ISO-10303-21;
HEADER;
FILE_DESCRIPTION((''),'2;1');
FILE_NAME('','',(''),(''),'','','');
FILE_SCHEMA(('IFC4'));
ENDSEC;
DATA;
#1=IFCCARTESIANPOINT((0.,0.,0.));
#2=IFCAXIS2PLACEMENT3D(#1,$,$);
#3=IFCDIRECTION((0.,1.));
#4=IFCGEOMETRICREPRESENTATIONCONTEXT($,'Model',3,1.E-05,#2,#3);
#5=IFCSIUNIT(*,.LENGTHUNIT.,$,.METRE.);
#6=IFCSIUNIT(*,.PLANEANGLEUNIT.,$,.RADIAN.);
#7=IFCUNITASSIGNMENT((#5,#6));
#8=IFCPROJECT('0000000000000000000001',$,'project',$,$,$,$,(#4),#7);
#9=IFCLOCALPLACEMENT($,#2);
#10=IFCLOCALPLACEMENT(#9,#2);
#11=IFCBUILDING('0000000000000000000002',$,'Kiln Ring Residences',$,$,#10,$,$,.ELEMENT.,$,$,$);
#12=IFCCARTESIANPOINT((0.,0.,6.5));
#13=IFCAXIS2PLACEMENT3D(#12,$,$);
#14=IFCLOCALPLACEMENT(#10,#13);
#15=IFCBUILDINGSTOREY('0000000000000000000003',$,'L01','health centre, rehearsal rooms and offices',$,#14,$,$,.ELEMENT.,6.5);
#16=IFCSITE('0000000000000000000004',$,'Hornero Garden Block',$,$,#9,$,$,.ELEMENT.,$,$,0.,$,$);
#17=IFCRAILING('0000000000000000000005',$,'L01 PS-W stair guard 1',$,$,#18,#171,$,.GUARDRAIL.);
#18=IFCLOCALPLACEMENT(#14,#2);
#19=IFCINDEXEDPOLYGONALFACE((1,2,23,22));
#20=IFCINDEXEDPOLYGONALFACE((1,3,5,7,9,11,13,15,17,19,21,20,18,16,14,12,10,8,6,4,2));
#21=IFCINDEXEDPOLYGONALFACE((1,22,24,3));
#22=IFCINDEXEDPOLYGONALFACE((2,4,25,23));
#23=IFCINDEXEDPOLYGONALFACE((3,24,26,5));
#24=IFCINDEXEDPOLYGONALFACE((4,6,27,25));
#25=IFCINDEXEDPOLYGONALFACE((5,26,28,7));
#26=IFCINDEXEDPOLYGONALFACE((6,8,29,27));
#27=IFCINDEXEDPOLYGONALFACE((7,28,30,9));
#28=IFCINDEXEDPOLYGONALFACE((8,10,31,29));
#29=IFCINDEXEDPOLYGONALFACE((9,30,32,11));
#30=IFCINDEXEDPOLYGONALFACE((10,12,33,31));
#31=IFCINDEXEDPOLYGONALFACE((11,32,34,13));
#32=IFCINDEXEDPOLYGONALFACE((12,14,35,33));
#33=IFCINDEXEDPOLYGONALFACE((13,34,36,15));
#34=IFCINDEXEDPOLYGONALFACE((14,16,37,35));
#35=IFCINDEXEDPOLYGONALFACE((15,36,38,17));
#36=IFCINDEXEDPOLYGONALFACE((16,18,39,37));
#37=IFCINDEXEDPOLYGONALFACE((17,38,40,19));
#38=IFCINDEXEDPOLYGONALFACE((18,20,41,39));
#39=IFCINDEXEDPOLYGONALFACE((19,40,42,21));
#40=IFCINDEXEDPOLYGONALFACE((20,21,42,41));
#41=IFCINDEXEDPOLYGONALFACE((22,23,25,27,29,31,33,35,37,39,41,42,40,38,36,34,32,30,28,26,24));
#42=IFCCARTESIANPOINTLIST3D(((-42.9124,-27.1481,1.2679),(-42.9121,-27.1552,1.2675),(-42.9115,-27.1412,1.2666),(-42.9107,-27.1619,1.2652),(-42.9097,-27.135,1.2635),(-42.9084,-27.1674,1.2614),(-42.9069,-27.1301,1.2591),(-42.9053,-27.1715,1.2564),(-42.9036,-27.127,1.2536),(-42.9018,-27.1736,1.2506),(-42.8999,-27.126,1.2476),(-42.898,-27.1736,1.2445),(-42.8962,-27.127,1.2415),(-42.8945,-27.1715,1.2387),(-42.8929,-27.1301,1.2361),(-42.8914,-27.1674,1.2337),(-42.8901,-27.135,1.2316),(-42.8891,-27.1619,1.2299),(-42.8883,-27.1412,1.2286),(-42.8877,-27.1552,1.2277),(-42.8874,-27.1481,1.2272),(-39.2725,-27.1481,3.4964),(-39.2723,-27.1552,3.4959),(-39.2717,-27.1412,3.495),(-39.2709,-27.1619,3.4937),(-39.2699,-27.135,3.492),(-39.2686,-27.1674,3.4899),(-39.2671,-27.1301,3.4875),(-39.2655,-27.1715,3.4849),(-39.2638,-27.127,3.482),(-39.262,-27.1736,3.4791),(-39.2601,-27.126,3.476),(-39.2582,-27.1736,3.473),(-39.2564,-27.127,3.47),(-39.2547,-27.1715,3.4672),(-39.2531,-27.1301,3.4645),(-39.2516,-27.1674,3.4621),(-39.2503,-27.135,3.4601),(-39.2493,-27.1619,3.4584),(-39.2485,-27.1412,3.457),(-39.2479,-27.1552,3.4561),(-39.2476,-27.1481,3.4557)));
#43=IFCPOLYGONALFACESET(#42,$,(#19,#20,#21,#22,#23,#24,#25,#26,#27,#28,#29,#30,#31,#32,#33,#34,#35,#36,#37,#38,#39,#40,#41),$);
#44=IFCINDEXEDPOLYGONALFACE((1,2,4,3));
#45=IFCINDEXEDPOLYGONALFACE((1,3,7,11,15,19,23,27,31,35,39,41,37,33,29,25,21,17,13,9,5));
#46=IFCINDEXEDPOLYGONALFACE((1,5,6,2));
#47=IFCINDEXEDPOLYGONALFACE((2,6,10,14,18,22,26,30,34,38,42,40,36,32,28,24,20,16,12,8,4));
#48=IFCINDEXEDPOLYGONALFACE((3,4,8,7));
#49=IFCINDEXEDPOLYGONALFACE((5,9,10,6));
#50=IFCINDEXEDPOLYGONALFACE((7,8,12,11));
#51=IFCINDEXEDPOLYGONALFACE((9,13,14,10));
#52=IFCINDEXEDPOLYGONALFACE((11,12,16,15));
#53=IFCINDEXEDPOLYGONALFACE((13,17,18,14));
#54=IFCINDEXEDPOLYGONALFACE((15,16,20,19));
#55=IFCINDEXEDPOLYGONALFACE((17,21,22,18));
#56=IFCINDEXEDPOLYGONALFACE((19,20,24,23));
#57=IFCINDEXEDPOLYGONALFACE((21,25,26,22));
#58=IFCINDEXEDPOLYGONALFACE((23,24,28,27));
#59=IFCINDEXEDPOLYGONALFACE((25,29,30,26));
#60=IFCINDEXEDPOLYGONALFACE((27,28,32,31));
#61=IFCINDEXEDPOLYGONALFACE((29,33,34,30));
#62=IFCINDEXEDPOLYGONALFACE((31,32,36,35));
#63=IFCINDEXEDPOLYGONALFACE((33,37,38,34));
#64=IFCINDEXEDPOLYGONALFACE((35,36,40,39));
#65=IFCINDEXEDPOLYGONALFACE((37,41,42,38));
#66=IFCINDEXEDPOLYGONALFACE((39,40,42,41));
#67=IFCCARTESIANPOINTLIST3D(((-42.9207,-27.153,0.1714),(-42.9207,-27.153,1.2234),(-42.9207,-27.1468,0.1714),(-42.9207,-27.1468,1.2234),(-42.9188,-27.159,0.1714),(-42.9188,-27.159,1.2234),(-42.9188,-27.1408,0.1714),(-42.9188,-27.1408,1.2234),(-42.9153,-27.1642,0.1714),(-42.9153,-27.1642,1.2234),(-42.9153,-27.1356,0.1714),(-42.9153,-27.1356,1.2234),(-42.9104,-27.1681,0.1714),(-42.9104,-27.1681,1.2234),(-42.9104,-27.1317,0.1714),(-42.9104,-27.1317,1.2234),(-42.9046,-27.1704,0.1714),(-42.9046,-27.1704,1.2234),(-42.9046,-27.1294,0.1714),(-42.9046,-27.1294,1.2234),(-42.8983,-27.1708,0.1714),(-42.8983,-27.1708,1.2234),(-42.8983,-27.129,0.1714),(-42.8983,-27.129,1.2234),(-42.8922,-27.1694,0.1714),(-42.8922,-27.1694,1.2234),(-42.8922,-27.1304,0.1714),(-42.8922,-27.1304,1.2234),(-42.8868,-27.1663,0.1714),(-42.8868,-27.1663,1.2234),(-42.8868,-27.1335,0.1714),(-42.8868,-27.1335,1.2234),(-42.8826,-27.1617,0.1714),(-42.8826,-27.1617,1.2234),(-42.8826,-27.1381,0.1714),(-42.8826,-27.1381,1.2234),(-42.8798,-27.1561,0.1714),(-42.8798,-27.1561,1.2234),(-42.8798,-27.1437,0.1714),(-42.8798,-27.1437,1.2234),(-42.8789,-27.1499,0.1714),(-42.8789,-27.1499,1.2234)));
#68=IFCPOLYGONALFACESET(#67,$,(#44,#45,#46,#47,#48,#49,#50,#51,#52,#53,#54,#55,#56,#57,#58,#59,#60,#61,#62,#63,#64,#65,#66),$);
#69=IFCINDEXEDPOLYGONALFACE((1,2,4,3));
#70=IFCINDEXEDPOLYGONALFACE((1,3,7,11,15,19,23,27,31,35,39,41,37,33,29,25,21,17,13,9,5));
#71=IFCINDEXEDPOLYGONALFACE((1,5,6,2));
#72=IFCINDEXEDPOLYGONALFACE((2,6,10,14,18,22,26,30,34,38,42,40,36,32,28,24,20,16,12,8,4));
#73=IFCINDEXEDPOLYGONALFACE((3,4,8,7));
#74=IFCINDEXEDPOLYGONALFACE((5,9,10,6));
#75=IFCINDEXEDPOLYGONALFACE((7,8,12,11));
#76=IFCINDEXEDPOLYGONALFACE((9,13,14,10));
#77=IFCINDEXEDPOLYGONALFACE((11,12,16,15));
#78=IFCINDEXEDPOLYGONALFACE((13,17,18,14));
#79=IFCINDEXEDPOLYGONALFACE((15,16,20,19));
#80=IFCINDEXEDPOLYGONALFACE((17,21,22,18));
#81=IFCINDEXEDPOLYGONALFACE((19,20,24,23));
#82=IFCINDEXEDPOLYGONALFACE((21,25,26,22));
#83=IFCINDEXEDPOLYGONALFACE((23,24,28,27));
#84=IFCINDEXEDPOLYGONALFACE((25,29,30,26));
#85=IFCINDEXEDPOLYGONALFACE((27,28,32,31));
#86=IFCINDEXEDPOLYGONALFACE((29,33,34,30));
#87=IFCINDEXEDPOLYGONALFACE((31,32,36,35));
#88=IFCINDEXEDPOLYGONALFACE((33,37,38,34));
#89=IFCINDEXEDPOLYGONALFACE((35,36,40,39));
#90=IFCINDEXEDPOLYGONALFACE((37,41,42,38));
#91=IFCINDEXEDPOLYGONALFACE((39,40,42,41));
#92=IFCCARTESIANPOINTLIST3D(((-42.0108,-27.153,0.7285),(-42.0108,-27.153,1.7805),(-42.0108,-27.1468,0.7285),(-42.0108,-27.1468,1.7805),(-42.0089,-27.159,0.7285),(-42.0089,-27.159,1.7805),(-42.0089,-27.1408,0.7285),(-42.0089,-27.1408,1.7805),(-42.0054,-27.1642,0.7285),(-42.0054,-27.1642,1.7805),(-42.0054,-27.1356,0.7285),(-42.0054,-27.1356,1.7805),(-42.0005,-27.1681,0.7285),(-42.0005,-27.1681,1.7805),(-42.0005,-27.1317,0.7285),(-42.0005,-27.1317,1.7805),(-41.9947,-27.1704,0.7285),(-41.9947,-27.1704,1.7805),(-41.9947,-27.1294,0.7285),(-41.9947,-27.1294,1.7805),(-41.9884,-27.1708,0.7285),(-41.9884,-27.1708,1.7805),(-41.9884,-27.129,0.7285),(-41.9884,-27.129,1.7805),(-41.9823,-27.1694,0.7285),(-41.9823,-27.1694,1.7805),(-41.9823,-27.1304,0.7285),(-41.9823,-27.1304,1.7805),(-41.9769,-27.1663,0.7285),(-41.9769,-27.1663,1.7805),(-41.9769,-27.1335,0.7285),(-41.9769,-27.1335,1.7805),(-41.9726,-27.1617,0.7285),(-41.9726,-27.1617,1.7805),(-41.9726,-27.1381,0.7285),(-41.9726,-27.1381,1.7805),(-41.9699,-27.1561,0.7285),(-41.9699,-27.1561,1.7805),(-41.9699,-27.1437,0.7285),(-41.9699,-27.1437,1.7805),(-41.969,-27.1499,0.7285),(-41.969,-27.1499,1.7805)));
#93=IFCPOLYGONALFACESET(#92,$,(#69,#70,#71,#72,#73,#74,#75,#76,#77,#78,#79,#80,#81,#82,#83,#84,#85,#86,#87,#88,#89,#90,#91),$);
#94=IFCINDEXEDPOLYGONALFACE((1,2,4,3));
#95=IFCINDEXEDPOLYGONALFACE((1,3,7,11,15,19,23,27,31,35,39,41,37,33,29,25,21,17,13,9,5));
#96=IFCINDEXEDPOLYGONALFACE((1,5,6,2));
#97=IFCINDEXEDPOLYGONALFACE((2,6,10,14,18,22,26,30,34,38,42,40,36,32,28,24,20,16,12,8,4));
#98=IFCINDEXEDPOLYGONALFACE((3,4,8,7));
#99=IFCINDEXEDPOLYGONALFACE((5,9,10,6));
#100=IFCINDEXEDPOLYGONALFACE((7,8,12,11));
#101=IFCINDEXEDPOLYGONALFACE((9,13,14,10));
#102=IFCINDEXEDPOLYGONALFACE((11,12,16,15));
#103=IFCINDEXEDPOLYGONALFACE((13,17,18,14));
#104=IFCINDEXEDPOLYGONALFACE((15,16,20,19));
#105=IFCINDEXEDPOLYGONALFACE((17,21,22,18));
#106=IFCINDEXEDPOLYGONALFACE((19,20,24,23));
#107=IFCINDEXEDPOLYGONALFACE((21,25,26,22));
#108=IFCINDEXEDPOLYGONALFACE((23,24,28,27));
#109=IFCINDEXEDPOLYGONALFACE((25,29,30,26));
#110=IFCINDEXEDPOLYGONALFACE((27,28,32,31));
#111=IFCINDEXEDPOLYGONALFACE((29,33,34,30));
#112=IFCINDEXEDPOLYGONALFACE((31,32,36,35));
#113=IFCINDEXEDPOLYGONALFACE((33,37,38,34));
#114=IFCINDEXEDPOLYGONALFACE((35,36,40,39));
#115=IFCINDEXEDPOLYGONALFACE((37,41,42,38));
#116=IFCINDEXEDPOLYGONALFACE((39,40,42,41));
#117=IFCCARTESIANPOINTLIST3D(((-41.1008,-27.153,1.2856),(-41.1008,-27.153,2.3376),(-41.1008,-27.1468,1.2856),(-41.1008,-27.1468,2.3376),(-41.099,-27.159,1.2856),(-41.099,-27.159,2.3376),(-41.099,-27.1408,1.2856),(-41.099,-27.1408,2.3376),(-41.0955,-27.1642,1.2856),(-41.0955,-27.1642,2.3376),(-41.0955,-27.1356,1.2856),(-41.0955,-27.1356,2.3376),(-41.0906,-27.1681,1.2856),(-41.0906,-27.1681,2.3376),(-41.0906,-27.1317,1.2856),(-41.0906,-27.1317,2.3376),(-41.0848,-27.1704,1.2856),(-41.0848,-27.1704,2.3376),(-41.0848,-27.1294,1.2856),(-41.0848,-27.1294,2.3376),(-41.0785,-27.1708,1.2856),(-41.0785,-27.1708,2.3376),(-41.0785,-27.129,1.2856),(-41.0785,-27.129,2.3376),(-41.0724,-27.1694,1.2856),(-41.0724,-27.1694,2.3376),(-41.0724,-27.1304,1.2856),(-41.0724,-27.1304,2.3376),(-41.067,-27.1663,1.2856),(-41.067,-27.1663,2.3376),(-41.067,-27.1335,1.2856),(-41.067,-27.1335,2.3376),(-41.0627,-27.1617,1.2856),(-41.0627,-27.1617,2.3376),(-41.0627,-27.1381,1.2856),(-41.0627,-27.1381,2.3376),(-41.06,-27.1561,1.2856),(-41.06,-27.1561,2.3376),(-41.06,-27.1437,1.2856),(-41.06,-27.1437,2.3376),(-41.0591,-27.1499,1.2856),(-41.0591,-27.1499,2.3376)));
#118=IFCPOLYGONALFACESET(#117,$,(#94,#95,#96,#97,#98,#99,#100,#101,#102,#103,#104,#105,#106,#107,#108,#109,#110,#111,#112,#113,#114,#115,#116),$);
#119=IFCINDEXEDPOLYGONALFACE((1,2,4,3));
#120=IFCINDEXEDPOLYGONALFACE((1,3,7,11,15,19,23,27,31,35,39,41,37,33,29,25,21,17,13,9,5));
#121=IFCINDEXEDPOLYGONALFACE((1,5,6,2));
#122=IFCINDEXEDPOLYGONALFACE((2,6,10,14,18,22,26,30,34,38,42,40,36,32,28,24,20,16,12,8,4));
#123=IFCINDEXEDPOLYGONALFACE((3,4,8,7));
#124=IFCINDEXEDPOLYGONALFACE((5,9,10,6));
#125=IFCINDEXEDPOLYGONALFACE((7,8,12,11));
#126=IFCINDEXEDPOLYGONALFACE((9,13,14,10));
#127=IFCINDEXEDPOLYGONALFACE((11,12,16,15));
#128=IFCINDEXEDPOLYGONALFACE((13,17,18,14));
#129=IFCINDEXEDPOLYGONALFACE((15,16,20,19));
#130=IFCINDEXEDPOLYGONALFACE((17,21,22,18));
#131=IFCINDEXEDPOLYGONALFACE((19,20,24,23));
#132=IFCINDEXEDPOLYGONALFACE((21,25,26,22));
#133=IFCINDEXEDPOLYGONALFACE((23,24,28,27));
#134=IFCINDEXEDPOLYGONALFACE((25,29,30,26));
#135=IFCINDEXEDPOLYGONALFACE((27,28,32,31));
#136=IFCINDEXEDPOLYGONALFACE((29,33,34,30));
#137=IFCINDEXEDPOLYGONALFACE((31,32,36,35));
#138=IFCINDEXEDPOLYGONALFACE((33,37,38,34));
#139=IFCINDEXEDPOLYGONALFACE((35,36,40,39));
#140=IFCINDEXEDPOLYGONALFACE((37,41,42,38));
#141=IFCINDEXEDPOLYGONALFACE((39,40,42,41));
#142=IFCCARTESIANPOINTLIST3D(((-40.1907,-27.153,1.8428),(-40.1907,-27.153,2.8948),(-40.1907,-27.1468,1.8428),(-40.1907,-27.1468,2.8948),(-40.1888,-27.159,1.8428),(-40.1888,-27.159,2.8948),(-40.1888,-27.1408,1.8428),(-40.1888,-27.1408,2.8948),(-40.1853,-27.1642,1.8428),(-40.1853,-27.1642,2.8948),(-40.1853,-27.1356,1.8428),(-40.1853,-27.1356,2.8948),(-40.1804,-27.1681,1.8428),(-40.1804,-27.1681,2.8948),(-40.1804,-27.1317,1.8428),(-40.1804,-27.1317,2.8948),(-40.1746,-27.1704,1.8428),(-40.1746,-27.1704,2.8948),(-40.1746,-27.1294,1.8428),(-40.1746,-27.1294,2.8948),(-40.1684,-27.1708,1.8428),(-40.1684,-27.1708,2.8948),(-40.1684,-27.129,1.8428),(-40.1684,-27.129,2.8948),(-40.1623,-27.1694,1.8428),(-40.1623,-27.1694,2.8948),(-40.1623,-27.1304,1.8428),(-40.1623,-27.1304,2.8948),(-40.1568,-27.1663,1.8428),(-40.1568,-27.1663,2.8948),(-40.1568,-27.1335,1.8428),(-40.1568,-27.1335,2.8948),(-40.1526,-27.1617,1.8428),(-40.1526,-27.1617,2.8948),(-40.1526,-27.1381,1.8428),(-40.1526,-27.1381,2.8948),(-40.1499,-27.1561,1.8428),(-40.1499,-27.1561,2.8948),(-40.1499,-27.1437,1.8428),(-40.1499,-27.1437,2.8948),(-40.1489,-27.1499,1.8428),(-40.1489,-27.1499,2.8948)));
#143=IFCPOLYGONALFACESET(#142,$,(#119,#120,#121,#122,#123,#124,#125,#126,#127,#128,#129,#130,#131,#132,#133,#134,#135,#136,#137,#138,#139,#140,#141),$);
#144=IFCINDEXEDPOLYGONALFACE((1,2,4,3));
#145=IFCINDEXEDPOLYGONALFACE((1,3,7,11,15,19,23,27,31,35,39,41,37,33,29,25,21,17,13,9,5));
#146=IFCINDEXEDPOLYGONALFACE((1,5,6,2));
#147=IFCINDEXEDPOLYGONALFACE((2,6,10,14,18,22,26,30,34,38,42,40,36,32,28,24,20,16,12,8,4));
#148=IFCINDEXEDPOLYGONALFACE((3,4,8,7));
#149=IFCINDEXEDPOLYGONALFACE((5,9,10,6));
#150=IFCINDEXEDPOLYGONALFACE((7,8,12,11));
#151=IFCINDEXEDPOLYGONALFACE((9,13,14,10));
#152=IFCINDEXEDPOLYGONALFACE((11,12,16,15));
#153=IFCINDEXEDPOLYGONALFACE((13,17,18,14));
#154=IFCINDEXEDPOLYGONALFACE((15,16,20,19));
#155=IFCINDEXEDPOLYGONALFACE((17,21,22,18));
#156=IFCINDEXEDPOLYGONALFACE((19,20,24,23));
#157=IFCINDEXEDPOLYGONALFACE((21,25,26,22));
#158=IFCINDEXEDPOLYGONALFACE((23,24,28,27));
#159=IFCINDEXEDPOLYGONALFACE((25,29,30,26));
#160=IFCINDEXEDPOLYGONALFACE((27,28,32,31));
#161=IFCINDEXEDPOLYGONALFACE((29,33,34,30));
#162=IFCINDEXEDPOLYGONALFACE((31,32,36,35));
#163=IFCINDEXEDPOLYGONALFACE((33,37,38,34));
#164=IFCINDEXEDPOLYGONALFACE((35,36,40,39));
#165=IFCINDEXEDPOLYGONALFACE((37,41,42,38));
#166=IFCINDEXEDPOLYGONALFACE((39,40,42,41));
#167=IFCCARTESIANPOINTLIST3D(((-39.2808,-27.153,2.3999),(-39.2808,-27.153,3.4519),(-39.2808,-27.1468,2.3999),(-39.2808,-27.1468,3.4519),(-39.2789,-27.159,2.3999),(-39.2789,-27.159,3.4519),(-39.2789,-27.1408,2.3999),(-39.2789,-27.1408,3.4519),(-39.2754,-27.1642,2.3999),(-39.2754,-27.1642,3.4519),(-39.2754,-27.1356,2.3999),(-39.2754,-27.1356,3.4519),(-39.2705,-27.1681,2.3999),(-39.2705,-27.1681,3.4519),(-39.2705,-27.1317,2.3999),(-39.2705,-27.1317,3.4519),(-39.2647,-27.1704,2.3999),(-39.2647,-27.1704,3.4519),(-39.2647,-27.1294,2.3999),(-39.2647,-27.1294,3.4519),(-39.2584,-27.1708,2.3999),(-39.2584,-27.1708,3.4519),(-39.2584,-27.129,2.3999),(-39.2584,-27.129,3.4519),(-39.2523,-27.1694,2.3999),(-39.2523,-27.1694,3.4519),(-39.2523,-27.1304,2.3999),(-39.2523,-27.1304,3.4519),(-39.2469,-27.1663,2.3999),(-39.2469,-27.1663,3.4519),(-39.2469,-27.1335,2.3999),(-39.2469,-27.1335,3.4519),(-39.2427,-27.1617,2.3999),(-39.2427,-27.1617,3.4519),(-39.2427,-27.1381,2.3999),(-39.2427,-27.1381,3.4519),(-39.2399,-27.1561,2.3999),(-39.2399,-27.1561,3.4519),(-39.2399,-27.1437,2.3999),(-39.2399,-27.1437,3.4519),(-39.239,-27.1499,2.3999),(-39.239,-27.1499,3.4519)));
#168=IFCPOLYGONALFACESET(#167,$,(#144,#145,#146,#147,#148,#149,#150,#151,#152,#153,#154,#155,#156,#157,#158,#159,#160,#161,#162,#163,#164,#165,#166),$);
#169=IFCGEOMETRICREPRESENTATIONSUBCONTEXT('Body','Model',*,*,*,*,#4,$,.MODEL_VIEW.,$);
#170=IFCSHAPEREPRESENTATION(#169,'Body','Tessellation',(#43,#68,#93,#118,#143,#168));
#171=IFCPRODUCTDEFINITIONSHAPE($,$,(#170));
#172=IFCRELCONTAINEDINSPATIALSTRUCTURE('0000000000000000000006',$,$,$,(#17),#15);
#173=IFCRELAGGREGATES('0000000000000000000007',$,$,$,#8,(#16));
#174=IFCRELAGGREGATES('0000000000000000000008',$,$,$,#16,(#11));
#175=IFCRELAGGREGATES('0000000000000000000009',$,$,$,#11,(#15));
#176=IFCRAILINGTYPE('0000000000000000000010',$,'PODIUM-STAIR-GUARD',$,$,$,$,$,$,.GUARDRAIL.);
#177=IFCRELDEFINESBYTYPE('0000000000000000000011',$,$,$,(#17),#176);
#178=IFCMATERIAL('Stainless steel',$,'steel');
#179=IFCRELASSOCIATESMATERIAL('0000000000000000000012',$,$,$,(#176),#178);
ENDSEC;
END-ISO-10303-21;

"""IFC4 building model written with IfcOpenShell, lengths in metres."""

from ifc_helpers import new_model, si_unit, direction, frame, origin, origin_2d, place, context, subcontext, project, spatial, circle, extrude, material, type_object, element, save


model = new_model("IFC4")

# Units and contexts
model_context = context("Model", 3, precision=1e-05, world=origin(), true_north=direction((0.0, 1.0)))
body_context = subcontext(model_context, "Body", "Model", "MODEL_VIEW")
ifc_project = project(units=[si_unit("LENGTHUNIT", "METRE"), si_unit("PLANEANGLEUNIT", "RADIAN")], contexts=[model_context])

# Site, building, storey
site_placement = place(None, origin())
site = spatial("IfcSite", under=ifc_project, at=site_placement, Name="Hornero Garden Block", CompositionType="ELEMENT", RefElevation=0.0)
building_placement = place(site_placement, origin())
building = spatial("IfcBuilding", under=site, at=building_placement, Name="Kiln Ring Residences", CompositionType="ELEMENT")
storey_placement = place(building_placement, frame((0.0, 0.0, 6.5)))
storey = spatial("IfcBuildingStorey", under=building, at=storey_placement, Name="L01", Description="health centre, rehearsal rooms and offices", CompositionType="ELEMENT", Elevation=6.5)

# Railing
ifc_material_1 = material(Name="Stainless steel", Category="steel")
railing_type_1 = type_object("IfcRailingType", Name="PODIUM-STAIR-GUARD", PredefinedType="GUARDRAIL", material=ifc_material_1)
railing_1_placement = place(storey_placement, frame((-42.8999, -27.1499, 0.1714)))
element("IfcRailing", 1, at=railing_1_placement, inside=storey, type_object=railing_type_1, Name="L01 PS-W stair guard 1", PredefinedType="GUARDRAIL", context=body_context, shape_type="SweptSolid", body=[
    extrude(circle(Radius=0.0239, at=origin_2d()), frame((0.0, 0.0, 1.0762), z_axis=(0.85285, 0.0, 0.522156), x_axis=(0.0, 1.0, 0.0)), (0.0, 0.0, 1.0), 4.2678),
    extrude(circle(Radius=0.021, at=origin_2d()), origin(), (0.0, 0.0, 1.0), 1.052),
    extrude(circle(Radius=0.021, at=origin_2d()), frame((0.9099, 0.0, 0.5571)), (0.0, 0.0, 1.0), 1.052),
    extrude(circle(Radius=0.021, at=origin_2d()), frame((1.8198, 0.0, 1.1143)), (0.0, 0.0, 1.0), 1.052),
    extrude(circle(Radius=0.021, at=origin_2d()), frame((2.73, 0.0, 1.6714)), (0.0, 0.0, 1.0), 1.052),
    extrude(circle(Radius=0.021, at=origin_2d()), frame((3.6399, 0.0, 2.2285)), (0.0, 0.0, 1.0), 1.052),
])

save(model, "model.ifc")
